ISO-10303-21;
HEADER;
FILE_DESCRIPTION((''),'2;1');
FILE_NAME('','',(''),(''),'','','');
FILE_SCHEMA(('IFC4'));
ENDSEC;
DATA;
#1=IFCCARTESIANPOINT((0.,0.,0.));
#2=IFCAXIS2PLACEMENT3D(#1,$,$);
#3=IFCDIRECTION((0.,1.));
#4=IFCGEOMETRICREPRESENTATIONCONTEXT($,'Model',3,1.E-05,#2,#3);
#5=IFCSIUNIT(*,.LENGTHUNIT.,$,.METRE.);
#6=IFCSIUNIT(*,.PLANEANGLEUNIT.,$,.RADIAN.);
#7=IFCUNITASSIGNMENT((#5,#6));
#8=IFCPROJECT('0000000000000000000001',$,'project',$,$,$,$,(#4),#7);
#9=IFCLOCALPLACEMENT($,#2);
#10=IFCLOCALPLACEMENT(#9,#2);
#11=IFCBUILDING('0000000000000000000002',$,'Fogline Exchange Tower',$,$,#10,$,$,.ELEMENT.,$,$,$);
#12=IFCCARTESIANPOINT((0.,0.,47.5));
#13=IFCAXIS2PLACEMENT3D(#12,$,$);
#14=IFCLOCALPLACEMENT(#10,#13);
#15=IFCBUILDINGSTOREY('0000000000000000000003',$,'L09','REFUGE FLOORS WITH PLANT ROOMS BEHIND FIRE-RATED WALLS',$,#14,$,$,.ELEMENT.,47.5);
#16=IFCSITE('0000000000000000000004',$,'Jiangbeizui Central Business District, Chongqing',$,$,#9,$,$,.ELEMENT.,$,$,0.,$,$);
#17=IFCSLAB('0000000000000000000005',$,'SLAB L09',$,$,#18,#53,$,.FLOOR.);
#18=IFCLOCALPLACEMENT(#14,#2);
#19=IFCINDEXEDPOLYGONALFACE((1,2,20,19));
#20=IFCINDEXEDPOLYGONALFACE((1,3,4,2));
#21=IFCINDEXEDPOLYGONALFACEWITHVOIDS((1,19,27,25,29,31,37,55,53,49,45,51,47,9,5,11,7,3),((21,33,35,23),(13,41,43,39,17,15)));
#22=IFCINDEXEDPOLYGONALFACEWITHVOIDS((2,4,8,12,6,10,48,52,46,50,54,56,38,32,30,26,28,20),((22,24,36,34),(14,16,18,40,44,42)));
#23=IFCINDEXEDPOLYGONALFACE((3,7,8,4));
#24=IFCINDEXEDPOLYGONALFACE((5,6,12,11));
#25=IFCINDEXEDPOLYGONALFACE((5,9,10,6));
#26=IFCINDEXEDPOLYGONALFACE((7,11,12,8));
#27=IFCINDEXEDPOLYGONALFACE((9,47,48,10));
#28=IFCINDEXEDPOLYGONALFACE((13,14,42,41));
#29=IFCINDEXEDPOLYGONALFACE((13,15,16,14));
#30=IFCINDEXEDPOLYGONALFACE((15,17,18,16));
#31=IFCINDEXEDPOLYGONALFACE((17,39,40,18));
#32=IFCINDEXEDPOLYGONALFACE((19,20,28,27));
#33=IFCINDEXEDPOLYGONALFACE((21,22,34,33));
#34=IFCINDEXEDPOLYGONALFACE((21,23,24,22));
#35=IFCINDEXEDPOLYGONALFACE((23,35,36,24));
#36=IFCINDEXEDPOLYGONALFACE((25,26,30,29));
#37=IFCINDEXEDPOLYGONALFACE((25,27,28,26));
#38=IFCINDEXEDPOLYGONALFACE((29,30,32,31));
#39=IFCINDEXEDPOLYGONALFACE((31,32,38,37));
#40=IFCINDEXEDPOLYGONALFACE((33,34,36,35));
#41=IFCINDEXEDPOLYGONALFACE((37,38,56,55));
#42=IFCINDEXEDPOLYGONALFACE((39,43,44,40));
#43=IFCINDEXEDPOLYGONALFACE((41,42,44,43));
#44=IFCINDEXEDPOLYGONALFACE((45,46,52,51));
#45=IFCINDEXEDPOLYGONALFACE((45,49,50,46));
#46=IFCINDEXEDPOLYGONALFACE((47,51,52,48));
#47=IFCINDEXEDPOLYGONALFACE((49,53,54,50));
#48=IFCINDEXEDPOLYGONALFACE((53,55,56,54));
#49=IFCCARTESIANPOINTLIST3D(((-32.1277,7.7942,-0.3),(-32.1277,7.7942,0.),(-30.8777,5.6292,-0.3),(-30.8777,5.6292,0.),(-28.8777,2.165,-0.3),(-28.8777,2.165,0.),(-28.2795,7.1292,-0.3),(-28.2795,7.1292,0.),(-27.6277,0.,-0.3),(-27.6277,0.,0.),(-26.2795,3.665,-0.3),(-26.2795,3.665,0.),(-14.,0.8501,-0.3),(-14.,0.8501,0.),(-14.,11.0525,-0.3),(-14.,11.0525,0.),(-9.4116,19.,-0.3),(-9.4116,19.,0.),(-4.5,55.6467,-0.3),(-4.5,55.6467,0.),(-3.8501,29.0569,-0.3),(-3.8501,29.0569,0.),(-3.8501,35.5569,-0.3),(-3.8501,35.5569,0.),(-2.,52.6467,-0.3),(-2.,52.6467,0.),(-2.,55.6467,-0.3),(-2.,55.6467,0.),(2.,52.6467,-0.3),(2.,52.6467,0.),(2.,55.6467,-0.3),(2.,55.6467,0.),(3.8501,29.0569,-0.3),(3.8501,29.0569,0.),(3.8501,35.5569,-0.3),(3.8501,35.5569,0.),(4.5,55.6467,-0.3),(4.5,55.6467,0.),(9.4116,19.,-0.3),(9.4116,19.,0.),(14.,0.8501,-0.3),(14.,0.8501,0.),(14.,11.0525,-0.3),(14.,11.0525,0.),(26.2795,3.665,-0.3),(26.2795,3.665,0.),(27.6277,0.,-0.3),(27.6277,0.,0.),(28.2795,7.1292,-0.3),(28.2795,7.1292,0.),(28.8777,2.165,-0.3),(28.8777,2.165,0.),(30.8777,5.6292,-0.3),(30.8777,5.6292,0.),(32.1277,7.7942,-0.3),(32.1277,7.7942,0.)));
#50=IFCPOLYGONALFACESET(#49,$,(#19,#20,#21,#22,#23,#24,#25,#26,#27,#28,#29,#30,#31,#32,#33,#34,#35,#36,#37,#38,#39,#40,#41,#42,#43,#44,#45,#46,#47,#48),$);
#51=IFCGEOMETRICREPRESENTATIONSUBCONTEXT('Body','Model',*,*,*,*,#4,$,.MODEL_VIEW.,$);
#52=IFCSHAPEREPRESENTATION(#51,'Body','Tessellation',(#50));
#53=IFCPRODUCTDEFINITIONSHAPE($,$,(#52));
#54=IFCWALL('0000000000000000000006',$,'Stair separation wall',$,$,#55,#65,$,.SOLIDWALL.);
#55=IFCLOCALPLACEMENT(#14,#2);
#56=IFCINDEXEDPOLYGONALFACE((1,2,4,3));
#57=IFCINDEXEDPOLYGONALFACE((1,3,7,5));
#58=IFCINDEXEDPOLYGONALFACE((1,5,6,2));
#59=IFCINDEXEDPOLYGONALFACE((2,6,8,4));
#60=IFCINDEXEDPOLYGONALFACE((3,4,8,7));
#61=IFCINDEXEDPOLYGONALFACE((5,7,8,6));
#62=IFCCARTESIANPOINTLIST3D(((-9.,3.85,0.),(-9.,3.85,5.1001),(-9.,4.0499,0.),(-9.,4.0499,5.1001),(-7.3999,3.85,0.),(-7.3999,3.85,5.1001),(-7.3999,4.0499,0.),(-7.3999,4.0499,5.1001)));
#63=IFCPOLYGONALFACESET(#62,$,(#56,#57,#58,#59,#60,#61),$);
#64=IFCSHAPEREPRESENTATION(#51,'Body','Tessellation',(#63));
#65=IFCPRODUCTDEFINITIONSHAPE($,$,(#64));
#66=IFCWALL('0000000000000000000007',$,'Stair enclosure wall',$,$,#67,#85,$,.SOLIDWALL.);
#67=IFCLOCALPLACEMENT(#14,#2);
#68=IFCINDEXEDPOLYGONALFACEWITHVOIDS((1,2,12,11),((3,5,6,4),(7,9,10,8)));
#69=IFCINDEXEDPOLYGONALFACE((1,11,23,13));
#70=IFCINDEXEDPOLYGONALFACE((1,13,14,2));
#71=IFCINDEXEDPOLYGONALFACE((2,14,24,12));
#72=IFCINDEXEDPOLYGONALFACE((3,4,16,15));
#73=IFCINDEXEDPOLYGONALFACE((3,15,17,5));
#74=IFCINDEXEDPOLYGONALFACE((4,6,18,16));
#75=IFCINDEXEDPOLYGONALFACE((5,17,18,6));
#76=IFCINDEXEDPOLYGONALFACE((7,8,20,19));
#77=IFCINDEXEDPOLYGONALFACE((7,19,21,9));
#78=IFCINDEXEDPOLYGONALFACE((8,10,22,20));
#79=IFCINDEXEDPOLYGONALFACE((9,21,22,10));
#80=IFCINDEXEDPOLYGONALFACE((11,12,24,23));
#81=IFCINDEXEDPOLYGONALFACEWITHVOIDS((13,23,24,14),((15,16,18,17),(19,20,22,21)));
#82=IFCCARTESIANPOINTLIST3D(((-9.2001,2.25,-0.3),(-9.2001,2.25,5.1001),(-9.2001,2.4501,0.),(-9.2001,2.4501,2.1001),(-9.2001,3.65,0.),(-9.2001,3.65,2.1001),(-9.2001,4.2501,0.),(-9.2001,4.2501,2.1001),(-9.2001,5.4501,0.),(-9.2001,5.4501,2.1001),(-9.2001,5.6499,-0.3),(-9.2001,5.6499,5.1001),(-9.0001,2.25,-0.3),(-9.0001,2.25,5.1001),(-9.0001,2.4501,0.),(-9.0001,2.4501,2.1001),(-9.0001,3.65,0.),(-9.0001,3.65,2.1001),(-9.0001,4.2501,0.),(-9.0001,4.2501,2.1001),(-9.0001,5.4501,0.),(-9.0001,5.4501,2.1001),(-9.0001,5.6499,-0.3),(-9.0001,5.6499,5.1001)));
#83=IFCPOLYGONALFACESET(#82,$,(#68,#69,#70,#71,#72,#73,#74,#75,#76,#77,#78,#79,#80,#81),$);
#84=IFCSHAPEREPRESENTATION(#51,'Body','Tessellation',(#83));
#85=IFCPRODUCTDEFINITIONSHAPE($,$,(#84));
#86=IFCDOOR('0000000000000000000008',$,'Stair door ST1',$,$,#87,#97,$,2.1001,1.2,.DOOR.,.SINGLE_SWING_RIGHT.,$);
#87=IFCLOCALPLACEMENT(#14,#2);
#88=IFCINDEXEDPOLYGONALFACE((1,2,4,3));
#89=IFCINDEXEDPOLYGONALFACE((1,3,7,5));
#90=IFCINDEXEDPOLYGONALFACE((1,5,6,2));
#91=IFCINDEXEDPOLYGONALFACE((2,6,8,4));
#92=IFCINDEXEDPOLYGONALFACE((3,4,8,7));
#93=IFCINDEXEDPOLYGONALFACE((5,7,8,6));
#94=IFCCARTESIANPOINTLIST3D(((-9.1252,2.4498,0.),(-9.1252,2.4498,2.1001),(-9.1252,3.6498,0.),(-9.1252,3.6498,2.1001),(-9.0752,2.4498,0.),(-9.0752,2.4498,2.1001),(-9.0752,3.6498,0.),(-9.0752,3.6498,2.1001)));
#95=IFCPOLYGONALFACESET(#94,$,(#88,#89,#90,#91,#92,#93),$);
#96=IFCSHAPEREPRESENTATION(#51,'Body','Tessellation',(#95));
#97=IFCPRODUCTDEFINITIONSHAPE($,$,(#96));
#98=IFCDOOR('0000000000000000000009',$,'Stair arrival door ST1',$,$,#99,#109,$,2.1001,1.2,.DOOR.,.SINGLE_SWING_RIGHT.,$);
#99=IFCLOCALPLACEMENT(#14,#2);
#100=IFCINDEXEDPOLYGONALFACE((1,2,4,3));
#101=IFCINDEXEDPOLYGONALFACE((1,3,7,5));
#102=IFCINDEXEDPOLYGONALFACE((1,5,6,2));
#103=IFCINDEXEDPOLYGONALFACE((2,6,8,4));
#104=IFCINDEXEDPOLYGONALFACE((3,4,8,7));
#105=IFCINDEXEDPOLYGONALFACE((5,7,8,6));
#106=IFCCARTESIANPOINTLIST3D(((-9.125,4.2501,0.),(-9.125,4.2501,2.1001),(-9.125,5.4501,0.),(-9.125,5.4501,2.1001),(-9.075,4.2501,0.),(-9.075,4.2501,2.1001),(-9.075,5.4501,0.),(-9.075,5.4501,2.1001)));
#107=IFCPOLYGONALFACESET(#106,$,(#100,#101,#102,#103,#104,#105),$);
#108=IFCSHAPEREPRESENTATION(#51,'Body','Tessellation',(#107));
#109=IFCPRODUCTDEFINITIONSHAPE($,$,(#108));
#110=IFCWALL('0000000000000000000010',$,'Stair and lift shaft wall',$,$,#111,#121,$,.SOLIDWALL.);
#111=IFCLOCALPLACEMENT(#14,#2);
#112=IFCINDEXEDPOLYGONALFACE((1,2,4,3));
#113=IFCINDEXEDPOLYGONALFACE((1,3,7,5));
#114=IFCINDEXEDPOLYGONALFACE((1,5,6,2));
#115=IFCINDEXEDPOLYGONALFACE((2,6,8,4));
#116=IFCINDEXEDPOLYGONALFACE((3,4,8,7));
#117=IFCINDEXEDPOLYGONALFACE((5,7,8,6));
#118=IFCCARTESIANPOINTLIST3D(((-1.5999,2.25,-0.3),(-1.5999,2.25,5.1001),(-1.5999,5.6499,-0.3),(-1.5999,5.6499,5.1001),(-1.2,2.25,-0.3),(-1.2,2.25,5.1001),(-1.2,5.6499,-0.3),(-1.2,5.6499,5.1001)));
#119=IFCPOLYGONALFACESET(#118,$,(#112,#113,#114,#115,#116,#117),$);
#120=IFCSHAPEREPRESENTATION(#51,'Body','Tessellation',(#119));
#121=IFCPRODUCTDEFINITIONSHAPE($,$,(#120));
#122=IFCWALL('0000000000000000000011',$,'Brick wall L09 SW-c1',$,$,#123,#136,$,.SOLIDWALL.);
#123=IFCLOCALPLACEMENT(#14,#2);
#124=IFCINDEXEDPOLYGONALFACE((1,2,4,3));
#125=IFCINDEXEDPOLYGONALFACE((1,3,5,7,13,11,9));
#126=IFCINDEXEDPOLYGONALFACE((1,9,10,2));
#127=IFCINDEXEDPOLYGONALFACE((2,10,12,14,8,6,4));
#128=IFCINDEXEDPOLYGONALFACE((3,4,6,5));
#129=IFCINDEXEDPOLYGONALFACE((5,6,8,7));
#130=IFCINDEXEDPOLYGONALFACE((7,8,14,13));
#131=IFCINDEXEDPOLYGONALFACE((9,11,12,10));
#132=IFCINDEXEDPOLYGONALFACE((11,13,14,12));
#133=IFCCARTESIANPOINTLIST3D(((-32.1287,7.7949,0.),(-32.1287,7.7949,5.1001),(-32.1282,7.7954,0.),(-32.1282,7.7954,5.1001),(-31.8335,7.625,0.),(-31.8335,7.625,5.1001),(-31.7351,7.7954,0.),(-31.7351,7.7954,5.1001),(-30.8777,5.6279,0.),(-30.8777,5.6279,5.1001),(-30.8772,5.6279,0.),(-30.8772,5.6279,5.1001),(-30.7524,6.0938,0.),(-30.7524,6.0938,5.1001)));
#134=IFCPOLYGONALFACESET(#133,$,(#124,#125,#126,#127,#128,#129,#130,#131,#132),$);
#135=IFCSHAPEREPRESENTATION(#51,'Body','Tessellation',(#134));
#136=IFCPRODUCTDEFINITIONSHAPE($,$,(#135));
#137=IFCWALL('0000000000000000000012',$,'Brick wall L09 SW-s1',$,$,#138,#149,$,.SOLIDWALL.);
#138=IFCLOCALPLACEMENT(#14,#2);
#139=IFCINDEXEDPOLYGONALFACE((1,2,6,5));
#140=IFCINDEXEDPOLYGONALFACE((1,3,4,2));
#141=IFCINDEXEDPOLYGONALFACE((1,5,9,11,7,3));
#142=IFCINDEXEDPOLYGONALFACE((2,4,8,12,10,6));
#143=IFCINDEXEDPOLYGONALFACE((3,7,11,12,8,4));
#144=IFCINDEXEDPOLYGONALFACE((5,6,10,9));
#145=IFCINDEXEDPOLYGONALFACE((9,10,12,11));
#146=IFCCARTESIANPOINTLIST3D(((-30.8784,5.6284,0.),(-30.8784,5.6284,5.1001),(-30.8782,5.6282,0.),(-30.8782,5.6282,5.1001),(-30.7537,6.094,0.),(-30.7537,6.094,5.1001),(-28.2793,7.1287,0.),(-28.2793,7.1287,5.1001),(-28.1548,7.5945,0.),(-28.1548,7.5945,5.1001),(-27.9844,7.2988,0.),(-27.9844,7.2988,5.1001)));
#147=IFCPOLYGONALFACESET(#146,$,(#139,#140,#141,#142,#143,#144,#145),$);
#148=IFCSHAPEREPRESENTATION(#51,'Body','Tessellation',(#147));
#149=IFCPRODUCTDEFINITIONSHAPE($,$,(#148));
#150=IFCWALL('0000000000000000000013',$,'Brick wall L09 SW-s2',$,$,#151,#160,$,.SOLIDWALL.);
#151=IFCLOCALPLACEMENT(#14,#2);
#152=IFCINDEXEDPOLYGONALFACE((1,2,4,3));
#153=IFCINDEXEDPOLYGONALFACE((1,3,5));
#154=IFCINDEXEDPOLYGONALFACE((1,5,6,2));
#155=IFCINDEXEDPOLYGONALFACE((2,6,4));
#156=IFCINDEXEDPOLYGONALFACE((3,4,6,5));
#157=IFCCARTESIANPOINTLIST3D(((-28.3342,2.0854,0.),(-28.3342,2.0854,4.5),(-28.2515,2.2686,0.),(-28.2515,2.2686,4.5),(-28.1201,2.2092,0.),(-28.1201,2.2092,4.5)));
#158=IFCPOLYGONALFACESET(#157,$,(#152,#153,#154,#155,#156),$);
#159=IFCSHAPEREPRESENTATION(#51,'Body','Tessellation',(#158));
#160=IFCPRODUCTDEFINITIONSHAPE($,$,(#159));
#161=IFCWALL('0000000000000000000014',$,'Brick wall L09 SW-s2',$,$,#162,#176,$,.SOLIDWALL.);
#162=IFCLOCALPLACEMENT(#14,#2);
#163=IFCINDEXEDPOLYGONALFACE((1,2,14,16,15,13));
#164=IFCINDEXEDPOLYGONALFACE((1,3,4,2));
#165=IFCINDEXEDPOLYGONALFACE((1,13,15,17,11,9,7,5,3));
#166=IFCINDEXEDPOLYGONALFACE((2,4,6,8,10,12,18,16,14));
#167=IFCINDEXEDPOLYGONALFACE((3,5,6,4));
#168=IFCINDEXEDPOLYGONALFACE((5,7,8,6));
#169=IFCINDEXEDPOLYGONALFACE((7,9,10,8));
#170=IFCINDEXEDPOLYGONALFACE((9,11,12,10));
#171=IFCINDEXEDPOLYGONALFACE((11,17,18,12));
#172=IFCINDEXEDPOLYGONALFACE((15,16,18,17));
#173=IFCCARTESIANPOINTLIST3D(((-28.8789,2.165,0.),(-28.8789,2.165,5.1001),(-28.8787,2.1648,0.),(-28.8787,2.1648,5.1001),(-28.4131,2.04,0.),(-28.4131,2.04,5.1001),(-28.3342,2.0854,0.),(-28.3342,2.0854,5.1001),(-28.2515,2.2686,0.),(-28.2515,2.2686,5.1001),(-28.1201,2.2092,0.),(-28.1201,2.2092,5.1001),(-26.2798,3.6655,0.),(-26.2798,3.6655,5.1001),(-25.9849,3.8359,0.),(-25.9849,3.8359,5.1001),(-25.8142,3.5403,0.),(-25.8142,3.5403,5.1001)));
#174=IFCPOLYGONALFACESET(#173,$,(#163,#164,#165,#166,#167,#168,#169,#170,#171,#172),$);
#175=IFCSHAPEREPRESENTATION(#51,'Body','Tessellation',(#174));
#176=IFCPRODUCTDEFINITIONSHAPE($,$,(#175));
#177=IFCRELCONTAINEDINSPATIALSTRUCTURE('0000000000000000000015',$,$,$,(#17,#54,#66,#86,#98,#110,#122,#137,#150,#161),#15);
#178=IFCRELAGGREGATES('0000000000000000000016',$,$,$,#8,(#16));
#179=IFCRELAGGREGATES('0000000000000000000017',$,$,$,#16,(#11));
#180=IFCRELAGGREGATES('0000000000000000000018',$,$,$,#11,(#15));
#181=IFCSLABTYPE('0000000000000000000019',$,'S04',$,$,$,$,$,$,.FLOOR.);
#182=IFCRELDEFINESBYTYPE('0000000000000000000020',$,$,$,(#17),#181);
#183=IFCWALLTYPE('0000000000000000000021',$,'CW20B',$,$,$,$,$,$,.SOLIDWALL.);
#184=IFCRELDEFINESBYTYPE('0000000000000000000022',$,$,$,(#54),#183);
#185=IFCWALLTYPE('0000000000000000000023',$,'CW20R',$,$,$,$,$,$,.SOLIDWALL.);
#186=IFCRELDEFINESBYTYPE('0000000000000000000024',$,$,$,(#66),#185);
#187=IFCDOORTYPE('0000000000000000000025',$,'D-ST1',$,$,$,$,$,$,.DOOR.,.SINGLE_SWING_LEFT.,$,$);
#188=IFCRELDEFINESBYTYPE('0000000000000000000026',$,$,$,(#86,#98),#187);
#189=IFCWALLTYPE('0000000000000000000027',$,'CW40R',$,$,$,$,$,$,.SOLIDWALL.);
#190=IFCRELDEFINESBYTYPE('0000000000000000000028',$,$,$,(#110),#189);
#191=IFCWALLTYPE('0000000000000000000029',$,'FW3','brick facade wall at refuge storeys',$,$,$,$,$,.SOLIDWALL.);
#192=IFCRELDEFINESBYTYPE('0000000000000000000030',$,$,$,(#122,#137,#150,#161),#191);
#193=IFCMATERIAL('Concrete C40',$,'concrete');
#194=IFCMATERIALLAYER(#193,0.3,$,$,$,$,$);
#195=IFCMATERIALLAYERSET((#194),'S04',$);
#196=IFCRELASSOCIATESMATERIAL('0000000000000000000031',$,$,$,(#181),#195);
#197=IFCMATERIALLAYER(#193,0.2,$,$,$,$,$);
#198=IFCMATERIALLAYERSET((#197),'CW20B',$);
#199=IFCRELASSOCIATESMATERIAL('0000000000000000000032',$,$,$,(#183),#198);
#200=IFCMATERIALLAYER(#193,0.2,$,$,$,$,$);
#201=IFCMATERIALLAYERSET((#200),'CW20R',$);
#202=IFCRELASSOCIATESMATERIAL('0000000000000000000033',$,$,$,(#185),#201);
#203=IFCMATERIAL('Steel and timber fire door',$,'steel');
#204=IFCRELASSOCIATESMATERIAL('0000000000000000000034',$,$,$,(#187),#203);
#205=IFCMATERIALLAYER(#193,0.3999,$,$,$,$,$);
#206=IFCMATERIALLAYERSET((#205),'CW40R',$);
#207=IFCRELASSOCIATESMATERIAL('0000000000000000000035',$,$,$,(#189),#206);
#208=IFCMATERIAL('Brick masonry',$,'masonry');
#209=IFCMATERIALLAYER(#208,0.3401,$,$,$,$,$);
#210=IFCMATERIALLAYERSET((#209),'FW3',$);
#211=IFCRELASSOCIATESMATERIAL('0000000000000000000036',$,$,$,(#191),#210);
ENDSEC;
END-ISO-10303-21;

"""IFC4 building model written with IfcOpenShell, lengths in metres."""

from ifc_helpers import new_model, si_unit, direction, frame, frame_2d, origin, place, context, subcontext, project, spatial, polyline, rectangle, outline, extrude, material, layer, layer_set, type_object, element, fill, save


model = new_model("IFC4")

# Units and contexts
model_context = context("Model", 3, precision=1e-05, world=origin(), true_north=direction((0.0, 1.0)))
body_context = subcontext(model_context, "Body", "Model", "MODEL_VIEW")
ifc_project = project(units=[si_unit("LENGTHUNIT", "METRE"), si_unit("PLANEANGLEUNIT", "RADIAN")], contexts=[model_context])

# Site, building, storey
site_placement = place(None, origin())
site = spatial("IfcSite", under=ifc_project, at=site_placement, Name="Jiangbeizui Central Business District, Chongqing", CompositionType="ELEMENT", RefElevation=0.0)
building_placement = place(site_placement, origin())
building = spatial("IfcBuilding", under=site, at=building_placement, Name="Fogline Exchange Tower", CompositionType="ELEMENT")
storey_placement = place(building_placement, frame((0.0, 0.0, 47.5)))
storey = spatial("IfcBuildingStorey", under=building, at=storey_placement, Name="L09", Description="REFUGE FLOORS WITH PLANT ROOMS BEHIND FIRE-RATED WALLS", CompositionType="ELEMENT", Elevation=47.5)

# Slab
ifc_material_1 = material(Name="Concrete C40", Category="concrete")
ifc_layer_1 = layer(ifc_material_1, 0.3)
ifc_layer_set_1 = layer_set([ifc_layer_1], Name="S04")
slab_type = type_object("IfcSlabType", Name="S04", PredefinedType="FLOOR", material=ifc_layer_set_1)
slab_placement = place(storey_placement, frame((0.0, 0.0, -0.3)))
element("IfcSlab", 1, at=slab_placement, inside=storey, type_object=slab_type, Name="SLAB L09", PredefinedType="FLOOR", context=body_context, shape_type="SweptSolid", body=[
    extrude(outline(polyline([(-2.0, 55.6467), (-4.5, 55.6467), (-32.1277, 7.7942), (-30.8777, 5.6292), (-28.2795, 7.1292), (-26.2795, 3.665), (-28.8777, 2.165), (-27.6277, 0.0), (27.6277, 0.0), (28.8777, 2.165), (26.2795, 3.665), (28.2795, 7.1292), (30.8777, 5.6292), (32.1277, 7.7942), (4.5, 55.6467), (2.0, 55.6467), (2.0, 52.6467), (-2.0, 52.6467), (-2.0, 55.6467)]), holes=[polyline([(14.0, 11.0525), (14.0, 0.8501), (-14.0, 0.8501), (-14.0, 11.0525), (-9.4116, 19.0), (9.4116, 19.0), (14.0, 11.0525)]), polyline([(3.8501, 35.5569), (3.8501, 29.0569), (-3.8501, 29.0569), (-3.8501, 35.5569), (3.8501, 35.5569)])]), origin(), (0.0, 0.0, 1.0), 0.3),
])

# Wall
ifc_layer_2 = layer(ifc_material_1, 0.2)
ifc_layer_set_2 = layer_set([ifc_layer_2], Name="CW20B")
wall_type_1 = type_object("IfcWallType", Name="CW20B", PredefinedType="SOLIDWALL", material=ifc_layer_set_2)
wall_1_placement = place(storey_placement, frame((-9.0, 3.95, 0.0), z_axis=(0.0, 0.0, 1.0), x_axis=(1.0, 0.0, 0.0)))
element("IfcWall", 2, at=wall_1_placement, inside=storey, type_object=wall_type_1, Name="Stair separation wall", PredefinedType="SOLIDWALL", context=body_context, shape_type="SweptSolid", body=[
    extrude(rectangle(XDim=1.6001, YDim=0.2, at=frame_2d((0.8, 0.0))), origin(), (0.0, 0.0, 1.0), 5.1001),
])

# Wall, openings, doors
ifc_layer_3 = layer(ifc_material_1, 0.2)
ifc_layer_set_3 = layer_set([ifc_layer_3], Name="CW20R")
wall_type_2 = type_object("IfcWallType", Name="CW20R", PredefinedType="SOLIDWALL", material=ifc_layer_set_3)
wall_2_placement = place(storey_placement, frame((-9.1001, 2.25, -0.3), z_axis=(0.0, 0.0, 1.0), x_axis=(0.0, 1.0, 0.0)))
wall_2 = element("IfcWall", 3, at=wall_2_placement, inside=storey, type_object=wall_type_2, Name="Stair enclosure wall", PredefinedType="SOLIDWALL", context=body_context, shape_type="SweptSolid", body=[
    extrude(rectangle(XDim=3.3999, YDim=0.2, at=frame_2d((1.7, 0.0))), origin(), (0.0, 0.0, 1.0), 5.4001),
])
opening_1_placement = place(wall_2_placement, frame((0.2, 0.0, 0.3)))
opening_1 = element("IfcOpeningElement", 4, at=opening_1_placement, cuts=wall_2, PredefinedType="OPENING", context=body_context, shape_type="SweptSolid", body=[
    extrude(rectangle(XDim=1.2, YDim=2.1001, at=frame_2d((0.6001, 1.05))), frame((0.0, 0.1099, 0.0), z_axis=(0.0, -1.0, 0.0), x_axis=(1.0, 0.0, 0.0)), (0.0, 0.0, 1.0), 0.22),
])
opening_2_placement = place(wall_2_placement, frame((2.0, 0.0, 0.3)))
opening_2 = element("IfcOpeningElement", 5, at=opening_2_placement, cuts=wall_2, PredefinedType="OPENING", context=body_context, shape_type="SweptSolid", body=[
    extrude(rectangle(XDim=1.2, YDim=2.1001, at=frame_2d((0.6001, 1.05))), frame((0.0, 0.1099, 0.0), z_axis=(0.0, -1.0, 0.0), x_axis=(1.0, 0.0, 0.0)), (0.0, 0.0, 1.0), 0.22),
])
ifc_material_2 = material(Name="Steel and timber fire door", Category="steel")
door_type = type_object("IfcDoorType", Name="D-ST1", OperationType="SINGLE_SWING_LEFT", PredefinedType="DOOR", material=ifc_material_2)
door_1_placement = place(opening_1_placement, frame((1.2, 0.0, 0.0), z_axis=(0.0, 0.0, 1.0), x_axis=(-1.0, 0.0, 0.0)))
door_1 = element("IfcDoor", 6, at=door_1_placement, inside=storey, type_object=door_type, Name="Stair door ST1", OperationType="SINGLE_SWING_RIGHT", OverallHeight=2.1001, OverallWidth=1.2, PredefinedType="DOOR", context=body_context, shape_type="SweptSolid", body=[
    extrude(rectangle(XDim=1.2, YDim=2.1001, at=frame_2d((0.6001, 1.05))), frame((0.0, 0.0249, 0.0), z_axis=(0.0, -1.0, 0.0), x_axis=(1.0, 0.0, 0.0)), (0.0, 0.0, 1.0), 0.05),
])
fill(opening_1, door_1)
door_2_placement = place(opening_2_placement, origin())
door_2 = element("IfcDoor", 7, at=door_2_placement, inside=storey, type_object=door_type, Name="Stair arrival door ST1", OperationType="SINGLE_SWING_RIGHT", OverallHeight=2.1001, OverallWidth=1.2, PredefinedType="DOOR", context=body_context, shape_type="SweptSolid", body=[
    extrude(rectangle(XDim=1.2, YDim=2.1001, at=frame_2d((0.6001, 1.05))), frame((0.0, 0.0249, 0.0), z_axis=(0.0, -1.0, 0.0), x_axis=(1.0, 0.0, 0.0)), (0.0, 0.0, 1.0), 0.05),
])
fill(opening_2, door_2)

# Walls
ifc_layer_4 = layer(ifc_material_1, 0.3999)
ifc_layer_set_4 = layer_set([ifc_layer_4], Name="CW40R")
wall_type_3 = type_object("IfcWallType", Name="CW40R", PredefinedType="SOLIDWALL", material=ifc_layer_set_4)
wall_3_placement = place(storey_placement, frame((-1.3999, 2.25, -0.3), z_axis=(0.0, 0.0, 1.0), x_axis=(0.0, 1.0, 0.0)))
element("IfcWall", 8, at=wall_3_placement, inside=storey, type_object=wall_type_3, Name="Stair and lift shaft wall", PredefinedType="SOLIDWALL", context=body_context, shape_type="SweptSolid", body=[
    extrude(rectangle(XDim=3.3999, YDim=0.3999, at=frame_2d((1.7, 0.0))), origin(), (0.0, 0.0, 1.0), 5.4001),
])
ifc_material_3 = material(Name="Brick masonry", Category="masonry")
ifc_layer_5 = layer(ifc_material_3, 0.3401)
ifc_layer_set_5 = layer_set([ifc_layer_5], Name="FW3")
wall_type_4 = type_object("IfcWallType", Name="FW3", Description="brick facade wall at refuge storeys", PredefinedType="SOLIDWALL", material=ifc_layer_set_5)
wall_4_placement = place(storey_placement, origin())
element("IfcWall", 9, at=wall_4_placement, inside=storey, type_object=wall_type_4, Name="Brick wall L09 SW-c1", PredefinedType="SOLIDWALL", context=body_context, shape_type="SweptSolid", body=[
    extrude(outline(polyline([(-30.8777, 5.6279), (-32.1287, 7.7949), (-32.1282, 7.7954), (-31.8335, 7.625), (-31.7351, 7.7954), (-30.7524, 6.0938), (-30.8772, 5.6279), (-30.8777, 5.6279)])), origin(), (0.0, 0.0, 1.0), 5.1001),
])
wall_5_placement = place(storey_placement, origin())
element("IfcWall", 10, at=wall_5_placement, inside=storey, type_object=wall_type_4, Name="Brick wall L09 SW-s1", PredefinedType="SOLIDWALL", context=body_context, shape_type="SweptSolid", body=[
    extrude(outline(polyline([(-28.1548, 7.5945), (-27.9844, 7.2988), (-28.2793, 7.1287), (-30.8782, 5.6282), (-30.8784, 5.6284), (-30.7537, 6.094), (-28.1548, 7.5945)])), origin(), (0.0, 0.0, 1.0), 5.1001),
])
wall_6_placement = place(storey_placement, origin())
element("IfcWall", 11, at=wall_6_placement, inside=storey, type_object=wall_type_4, Name="Brick wall L09 SW-s2", PredefinedType="SOLIDWALL", context=body_context, shape_type="SweptSolid", body=[
    extrude(outline(polyline([(-28.3342, 2.0854), (-28.2515, 2.2686), (-28.1201, 2.2092), (-28.3342, 2.0854)])), origin(), (0.0, 0.0, 1.0), 4.5),
])
wall_7_placement = place(storey_placement, origin())
element("IfcWall", 12, at=wall_7_placement, inside=storey, type_object=wall_type_4, Name="Brick wall L09 SW-s2", PredefinedType="SOLIDWALL", context=body_context, shape_type="SweptSolid", body=[
    extrude(outline(polyline([(-26.2798, 3.6655), (-25.9849, 3.8359), (-25.8142, 3.5403), (-28.1201, 2.2092), (-28.2515, 2.2686), (-28.3342, 2.0854), (-28.4131, 2.04), (-28.8787, 2.1648), (-28.8789, 2.165), (-26.2798, 3.6655)])), origin(), (0.0, 0.0, 1.0), 5.1001),
])

save(model, "model.ifc")
